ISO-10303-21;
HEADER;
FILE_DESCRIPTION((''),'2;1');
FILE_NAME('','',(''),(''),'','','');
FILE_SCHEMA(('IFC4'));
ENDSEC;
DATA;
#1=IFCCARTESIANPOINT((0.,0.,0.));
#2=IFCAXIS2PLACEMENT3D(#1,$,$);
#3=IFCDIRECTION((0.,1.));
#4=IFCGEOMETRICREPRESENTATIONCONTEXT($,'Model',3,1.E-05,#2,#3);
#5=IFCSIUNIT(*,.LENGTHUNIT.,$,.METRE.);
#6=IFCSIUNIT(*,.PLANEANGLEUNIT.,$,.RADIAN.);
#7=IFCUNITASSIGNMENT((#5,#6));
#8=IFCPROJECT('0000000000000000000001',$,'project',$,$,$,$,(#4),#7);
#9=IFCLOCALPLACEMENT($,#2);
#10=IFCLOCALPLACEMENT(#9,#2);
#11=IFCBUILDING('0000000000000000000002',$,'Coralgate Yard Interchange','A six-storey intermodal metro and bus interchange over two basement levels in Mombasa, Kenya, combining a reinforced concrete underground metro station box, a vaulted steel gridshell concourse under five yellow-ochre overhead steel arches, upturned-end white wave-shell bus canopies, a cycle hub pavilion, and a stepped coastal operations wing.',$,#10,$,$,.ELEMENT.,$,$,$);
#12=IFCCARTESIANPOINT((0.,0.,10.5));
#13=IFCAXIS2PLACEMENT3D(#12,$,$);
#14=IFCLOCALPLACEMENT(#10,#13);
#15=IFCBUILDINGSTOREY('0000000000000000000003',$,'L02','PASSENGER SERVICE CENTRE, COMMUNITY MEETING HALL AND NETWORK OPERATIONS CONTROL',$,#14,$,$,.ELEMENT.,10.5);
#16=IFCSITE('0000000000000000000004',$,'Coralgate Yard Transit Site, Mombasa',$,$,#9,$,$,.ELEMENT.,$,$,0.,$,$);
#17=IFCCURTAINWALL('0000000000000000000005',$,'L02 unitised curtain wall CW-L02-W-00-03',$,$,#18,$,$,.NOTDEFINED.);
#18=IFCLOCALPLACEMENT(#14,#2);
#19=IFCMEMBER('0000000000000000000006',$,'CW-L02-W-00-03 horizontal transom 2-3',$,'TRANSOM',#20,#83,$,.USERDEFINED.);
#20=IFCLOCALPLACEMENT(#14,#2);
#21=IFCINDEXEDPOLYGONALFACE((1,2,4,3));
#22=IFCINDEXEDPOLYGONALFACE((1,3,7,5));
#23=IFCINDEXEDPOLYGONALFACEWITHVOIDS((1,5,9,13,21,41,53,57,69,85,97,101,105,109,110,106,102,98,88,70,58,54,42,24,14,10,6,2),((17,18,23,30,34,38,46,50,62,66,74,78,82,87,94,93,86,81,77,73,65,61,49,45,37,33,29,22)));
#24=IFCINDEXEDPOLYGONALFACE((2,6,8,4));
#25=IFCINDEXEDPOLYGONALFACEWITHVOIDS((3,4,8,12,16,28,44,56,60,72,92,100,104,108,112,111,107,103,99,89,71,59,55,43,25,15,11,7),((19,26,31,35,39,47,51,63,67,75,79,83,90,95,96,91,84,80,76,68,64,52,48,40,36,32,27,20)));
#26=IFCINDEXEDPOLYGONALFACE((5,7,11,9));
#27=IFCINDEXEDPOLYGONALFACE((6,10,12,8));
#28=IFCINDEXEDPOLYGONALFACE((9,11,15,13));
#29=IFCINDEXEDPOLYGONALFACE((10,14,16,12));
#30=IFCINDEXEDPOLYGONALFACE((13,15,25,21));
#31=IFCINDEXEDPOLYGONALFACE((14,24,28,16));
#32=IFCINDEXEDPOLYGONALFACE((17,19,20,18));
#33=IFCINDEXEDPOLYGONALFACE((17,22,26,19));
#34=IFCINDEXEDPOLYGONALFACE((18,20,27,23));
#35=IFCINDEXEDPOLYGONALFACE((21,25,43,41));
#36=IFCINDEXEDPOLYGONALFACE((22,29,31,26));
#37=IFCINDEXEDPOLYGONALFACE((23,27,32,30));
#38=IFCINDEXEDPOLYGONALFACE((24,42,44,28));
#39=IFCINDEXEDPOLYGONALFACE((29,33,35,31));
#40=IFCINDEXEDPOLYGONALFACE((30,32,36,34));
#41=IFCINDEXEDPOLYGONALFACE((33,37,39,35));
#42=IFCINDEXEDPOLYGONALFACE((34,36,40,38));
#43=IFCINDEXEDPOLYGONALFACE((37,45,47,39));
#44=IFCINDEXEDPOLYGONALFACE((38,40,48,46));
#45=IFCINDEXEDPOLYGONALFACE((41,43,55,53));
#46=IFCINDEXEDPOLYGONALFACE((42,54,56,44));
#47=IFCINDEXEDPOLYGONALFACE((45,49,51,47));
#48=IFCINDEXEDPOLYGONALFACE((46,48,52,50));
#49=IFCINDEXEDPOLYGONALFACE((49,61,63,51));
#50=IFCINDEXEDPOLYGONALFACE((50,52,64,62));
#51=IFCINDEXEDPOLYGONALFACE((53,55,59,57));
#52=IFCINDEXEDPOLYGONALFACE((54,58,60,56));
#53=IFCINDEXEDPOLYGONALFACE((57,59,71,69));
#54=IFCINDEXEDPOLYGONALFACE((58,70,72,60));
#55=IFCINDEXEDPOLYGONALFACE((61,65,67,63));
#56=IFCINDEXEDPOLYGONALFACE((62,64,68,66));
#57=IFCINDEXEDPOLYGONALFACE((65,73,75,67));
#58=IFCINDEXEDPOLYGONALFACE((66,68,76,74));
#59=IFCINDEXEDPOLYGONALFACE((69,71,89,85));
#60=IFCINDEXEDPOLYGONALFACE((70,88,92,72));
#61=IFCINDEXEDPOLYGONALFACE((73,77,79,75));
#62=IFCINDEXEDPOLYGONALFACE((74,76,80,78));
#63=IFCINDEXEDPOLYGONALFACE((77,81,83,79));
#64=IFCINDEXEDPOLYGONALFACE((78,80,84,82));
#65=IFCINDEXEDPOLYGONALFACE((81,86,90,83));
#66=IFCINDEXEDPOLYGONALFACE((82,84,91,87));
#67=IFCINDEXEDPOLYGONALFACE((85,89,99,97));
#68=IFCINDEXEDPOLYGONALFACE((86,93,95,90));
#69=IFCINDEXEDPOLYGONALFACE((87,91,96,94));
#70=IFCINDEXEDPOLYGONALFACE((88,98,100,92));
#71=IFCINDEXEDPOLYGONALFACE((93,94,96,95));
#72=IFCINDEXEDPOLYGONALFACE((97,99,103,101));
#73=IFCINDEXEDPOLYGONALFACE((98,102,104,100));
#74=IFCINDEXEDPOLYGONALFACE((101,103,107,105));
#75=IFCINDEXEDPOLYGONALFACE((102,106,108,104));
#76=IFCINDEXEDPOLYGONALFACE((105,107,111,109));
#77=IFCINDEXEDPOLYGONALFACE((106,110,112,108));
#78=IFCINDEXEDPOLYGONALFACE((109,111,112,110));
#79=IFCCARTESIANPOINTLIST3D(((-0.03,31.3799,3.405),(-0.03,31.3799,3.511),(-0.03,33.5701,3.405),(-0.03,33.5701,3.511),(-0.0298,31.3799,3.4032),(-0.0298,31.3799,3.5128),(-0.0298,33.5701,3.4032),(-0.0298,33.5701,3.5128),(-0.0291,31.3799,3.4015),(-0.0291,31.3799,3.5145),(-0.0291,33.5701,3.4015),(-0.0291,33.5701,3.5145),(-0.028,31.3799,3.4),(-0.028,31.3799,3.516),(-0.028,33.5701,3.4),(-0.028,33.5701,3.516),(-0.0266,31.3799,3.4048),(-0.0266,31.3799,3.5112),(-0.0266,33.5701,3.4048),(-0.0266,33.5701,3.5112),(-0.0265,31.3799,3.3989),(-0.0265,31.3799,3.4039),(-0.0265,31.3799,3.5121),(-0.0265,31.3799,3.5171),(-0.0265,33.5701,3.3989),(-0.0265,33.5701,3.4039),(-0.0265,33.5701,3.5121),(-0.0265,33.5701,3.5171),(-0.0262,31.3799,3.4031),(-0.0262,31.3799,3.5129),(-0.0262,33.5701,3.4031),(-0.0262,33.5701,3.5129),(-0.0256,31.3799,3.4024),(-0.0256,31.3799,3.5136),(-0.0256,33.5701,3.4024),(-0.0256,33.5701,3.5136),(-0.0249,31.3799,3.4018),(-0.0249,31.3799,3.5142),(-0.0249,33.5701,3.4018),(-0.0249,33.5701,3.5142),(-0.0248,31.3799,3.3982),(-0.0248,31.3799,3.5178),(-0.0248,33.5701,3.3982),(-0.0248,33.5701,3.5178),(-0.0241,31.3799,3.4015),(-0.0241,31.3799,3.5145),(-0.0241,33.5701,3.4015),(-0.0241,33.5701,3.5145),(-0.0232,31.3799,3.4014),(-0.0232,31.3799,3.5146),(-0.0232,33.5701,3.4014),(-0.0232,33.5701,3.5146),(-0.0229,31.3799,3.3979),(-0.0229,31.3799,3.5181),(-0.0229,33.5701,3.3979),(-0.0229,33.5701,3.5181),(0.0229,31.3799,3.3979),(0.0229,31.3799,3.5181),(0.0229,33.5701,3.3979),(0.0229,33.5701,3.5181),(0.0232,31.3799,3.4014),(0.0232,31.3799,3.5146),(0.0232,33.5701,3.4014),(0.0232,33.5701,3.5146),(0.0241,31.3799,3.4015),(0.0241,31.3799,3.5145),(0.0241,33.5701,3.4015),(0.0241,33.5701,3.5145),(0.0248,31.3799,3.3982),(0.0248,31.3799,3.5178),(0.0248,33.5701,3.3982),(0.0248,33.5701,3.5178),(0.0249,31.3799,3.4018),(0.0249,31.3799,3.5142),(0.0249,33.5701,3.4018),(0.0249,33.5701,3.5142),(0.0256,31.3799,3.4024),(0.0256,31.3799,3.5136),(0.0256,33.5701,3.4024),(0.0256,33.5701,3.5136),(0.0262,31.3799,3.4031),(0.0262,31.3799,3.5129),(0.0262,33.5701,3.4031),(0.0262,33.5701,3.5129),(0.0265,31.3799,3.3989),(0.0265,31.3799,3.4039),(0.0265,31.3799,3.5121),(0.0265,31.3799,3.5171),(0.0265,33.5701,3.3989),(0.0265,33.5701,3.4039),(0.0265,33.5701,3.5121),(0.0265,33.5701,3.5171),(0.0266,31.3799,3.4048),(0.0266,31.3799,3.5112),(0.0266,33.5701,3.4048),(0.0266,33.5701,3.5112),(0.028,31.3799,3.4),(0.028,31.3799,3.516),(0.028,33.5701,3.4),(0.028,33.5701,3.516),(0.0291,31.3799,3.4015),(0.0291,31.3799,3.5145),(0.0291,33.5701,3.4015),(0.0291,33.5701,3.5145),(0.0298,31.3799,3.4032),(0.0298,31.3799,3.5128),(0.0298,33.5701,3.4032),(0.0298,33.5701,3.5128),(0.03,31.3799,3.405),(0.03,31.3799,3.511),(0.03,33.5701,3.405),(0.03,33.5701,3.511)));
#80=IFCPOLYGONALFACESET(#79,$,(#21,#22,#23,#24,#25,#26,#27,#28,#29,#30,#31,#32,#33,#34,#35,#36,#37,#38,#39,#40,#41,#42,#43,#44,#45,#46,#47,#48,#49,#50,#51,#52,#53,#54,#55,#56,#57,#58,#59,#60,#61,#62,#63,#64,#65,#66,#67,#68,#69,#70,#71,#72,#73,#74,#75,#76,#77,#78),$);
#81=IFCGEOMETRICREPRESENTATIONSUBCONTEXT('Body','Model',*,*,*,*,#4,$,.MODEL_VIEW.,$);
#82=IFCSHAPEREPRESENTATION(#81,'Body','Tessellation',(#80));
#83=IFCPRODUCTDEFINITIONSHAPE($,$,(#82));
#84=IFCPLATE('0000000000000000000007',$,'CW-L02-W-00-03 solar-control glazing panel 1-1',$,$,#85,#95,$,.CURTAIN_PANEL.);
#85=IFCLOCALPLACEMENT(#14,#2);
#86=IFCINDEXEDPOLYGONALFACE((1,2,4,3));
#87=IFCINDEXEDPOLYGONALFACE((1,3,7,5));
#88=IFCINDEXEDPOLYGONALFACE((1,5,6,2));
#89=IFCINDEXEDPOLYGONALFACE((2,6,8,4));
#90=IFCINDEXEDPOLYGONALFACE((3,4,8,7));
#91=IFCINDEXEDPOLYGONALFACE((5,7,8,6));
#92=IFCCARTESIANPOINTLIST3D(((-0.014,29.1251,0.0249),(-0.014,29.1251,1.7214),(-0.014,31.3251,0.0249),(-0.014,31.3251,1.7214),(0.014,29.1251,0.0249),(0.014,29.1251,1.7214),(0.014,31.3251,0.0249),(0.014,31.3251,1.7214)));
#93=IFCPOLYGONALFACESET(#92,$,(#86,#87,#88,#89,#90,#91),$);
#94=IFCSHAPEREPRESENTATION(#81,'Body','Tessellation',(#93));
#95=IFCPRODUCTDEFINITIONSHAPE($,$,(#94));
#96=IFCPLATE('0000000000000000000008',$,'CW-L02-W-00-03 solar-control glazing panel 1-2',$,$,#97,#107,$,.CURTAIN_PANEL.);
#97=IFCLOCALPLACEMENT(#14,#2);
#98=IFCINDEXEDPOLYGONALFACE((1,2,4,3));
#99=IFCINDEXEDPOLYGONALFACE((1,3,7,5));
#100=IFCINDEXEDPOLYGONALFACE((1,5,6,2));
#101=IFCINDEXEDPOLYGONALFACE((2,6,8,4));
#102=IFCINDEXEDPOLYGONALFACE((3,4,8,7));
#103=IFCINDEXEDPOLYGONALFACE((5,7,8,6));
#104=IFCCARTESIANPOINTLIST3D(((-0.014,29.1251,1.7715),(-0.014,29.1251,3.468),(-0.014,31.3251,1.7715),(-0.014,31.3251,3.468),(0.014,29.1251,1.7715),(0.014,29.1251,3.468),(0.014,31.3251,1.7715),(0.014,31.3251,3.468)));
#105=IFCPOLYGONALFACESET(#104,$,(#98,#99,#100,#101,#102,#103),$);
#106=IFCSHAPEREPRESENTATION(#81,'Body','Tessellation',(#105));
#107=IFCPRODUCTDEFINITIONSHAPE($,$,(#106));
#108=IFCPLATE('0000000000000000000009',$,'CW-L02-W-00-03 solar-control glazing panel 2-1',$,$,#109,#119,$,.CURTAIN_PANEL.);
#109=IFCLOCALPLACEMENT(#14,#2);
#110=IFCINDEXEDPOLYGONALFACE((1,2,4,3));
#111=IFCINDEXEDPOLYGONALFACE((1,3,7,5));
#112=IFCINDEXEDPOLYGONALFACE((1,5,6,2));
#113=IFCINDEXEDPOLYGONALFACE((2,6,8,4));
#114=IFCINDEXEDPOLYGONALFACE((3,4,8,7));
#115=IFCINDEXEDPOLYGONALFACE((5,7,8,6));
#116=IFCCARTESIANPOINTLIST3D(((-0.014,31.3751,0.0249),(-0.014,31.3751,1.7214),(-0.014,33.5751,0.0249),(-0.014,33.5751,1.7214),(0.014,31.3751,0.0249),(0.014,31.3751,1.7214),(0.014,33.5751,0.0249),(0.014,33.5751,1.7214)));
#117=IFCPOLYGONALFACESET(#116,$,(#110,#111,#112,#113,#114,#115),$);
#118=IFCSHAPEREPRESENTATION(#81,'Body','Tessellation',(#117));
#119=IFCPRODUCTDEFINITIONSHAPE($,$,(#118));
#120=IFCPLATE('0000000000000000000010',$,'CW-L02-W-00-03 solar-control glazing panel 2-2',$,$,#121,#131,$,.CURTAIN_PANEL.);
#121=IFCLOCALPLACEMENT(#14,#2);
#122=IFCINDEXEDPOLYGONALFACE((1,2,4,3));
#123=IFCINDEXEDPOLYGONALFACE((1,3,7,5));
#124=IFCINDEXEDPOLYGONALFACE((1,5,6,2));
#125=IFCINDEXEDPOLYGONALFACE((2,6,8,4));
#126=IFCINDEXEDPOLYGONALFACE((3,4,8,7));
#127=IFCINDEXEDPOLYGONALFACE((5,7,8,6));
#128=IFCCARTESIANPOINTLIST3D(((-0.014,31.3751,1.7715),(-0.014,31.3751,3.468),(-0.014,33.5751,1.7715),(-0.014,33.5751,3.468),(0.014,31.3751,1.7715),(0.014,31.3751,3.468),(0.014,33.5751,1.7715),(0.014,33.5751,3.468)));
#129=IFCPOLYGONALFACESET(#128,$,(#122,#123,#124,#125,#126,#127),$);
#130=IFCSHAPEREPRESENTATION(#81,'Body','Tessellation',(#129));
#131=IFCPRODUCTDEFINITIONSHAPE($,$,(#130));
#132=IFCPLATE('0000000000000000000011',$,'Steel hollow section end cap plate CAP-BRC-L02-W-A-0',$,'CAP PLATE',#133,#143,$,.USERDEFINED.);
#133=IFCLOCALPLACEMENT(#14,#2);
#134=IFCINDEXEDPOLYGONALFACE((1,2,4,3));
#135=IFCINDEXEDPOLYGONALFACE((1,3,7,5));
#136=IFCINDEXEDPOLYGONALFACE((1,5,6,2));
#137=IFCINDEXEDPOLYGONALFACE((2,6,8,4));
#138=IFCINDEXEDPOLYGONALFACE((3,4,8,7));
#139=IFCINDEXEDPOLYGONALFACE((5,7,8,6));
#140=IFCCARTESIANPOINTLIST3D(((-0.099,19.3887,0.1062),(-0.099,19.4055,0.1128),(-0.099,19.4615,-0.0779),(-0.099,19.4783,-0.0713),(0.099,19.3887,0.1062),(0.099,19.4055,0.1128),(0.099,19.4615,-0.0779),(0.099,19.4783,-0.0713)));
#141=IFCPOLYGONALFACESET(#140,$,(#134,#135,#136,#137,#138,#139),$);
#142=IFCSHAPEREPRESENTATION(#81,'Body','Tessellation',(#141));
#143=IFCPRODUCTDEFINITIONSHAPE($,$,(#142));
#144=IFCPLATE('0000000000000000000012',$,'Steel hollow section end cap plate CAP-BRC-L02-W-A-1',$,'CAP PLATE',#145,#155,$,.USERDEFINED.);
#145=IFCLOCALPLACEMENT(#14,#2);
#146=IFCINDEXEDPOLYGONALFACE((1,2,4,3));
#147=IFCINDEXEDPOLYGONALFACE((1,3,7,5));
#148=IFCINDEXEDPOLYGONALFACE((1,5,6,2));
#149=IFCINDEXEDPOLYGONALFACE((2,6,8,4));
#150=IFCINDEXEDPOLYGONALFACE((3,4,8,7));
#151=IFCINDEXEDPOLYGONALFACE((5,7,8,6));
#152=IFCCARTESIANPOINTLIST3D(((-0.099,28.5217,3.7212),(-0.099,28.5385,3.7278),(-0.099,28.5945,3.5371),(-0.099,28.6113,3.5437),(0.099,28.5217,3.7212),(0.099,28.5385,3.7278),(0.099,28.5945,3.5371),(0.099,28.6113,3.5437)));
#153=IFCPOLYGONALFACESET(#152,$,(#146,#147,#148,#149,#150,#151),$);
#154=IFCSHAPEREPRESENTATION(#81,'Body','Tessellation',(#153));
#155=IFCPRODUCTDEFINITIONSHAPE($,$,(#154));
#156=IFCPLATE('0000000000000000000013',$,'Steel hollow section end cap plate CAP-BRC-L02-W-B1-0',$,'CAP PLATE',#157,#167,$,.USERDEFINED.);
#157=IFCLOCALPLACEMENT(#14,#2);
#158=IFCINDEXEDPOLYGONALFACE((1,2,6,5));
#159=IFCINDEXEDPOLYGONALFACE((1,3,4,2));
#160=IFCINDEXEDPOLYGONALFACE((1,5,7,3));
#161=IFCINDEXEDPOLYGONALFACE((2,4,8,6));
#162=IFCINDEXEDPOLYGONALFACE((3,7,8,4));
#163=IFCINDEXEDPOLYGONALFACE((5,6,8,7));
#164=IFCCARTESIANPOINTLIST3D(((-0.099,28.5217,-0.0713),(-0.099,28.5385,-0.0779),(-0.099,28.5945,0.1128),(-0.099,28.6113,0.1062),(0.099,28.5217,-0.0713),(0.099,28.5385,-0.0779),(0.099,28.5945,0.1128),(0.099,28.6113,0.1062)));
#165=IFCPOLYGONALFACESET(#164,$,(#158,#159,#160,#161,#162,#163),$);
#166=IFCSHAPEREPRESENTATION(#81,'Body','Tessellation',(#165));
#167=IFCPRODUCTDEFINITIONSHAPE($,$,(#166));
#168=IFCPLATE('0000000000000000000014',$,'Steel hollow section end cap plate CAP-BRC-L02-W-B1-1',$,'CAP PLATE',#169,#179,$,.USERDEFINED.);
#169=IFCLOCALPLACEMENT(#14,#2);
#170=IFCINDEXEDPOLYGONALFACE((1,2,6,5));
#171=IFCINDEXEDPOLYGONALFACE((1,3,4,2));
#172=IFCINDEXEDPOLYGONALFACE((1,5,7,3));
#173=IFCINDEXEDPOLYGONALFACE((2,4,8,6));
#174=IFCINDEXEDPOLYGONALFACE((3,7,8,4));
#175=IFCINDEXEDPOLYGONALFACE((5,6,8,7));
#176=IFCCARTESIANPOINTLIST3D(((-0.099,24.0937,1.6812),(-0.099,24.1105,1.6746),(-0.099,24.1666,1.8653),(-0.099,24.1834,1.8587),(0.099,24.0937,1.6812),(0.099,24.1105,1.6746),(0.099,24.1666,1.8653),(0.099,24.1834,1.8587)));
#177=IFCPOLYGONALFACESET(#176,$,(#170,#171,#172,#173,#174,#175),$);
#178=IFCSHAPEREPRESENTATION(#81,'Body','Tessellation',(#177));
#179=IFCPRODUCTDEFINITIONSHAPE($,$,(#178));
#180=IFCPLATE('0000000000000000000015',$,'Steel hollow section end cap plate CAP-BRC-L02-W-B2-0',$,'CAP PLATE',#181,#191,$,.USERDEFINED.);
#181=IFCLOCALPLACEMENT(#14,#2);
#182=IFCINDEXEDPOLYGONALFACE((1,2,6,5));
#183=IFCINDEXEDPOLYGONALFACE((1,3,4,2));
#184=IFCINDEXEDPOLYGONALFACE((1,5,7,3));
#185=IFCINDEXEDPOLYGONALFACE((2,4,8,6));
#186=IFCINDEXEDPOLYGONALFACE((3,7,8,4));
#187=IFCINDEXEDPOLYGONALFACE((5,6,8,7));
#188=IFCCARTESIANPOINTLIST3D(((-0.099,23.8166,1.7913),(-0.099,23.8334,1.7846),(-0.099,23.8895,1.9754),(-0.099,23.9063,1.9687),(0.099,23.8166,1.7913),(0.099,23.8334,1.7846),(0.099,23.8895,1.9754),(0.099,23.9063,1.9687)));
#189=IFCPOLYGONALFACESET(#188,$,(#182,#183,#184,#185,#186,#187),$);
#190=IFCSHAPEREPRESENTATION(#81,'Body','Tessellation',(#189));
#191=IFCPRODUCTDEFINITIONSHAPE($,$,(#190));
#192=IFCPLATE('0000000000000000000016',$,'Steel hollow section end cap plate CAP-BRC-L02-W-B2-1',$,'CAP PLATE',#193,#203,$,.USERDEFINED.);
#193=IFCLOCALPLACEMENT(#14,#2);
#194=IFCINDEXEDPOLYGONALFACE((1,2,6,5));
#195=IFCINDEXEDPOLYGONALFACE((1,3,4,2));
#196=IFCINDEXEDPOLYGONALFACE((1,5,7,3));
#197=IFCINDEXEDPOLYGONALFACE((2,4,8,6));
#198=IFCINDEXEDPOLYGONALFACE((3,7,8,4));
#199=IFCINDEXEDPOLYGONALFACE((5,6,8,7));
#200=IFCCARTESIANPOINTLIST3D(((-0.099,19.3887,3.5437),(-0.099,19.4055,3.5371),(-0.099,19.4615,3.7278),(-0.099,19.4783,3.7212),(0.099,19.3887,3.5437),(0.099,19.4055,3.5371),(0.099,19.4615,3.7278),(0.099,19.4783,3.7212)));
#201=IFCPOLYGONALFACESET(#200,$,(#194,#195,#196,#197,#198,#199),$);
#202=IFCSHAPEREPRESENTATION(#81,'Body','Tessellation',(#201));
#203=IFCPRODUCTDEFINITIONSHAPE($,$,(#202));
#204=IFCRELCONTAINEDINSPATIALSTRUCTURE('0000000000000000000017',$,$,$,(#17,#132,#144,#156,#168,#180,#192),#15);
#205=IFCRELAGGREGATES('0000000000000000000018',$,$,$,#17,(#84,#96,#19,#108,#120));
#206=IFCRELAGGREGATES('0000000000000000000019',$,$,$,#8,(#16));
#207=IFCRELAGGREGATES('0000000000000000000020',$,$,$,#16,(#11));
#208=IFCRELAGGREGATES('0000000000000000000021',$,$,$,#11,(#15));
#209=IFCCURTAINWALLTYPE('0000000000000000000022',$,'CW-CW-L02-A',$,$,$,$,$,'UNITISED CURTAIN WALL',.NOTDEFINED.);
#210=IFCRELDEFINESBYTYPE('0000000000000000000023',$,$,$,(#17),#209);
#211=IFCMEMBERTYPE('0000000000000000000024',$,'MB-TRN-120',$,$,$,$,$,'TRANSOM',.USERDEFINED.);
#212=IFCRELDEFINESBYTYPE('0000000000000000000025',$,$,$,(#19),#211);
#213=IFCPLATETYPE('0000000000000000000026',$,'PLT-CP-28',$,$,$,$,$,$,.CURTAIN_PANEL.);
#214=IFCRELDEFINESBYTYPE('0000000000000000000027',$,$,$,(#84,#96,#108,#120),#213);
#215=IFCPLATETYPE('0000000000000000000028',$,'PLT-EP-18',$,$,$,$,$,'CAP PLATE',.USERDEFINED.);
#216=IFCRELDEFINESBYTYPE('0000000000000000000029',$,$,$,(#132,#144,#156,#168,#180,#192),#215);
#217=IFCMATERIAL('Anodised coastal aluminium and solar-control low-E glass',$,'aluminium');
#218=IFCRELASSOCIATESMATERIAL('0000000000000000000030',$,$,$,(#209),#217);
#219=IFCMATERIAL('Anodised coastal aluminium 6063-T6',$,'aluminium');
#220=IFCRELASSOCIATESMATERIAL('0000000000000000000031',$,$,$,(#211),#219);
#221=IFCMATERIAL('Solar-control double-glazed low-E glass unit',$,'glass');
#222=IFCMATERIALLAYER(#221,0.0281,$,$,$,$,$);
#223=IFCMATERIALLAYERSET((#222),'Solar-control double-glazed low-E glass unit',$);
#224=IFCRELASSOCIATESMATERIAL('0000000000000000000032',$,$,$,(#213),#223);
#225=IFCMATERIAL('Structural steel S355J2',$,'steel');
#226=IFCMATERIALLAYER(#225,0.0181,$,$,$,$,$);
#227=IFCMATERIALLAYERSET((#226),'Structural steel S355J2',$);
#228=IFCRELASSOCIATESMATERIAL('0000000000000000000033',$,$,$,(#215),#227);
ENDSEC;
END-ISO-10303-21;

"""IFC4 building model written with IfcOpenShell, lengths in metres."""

from ifc_helpers import new_model, si_unit, direction, frame, origin, origin_2d, place, context, subcontext, project, spatial, rectangle, hollow_rectangle, extrude, material, layer, layer_set, material_profile, profile_set, type_object, element, aggregate, save


model = new_model("IFC4")

# Units and contexts
model_context = context("Model", 3, precision=1e-05, world=origin(), true_north=direction((0.0, 1.0)))
body_context = subcontext(model_context, "Body", "Model", "MODEL_VIEW")
ifc_project = project(units=[si_unit("LENGTHUNIT", "METRE"), si_unit("PLANEANGLEUNIT", "RADIAN")], contexts=[model_context])

# Site, building, storey
site_placement = place(None, origin())
site = spatial("IfcSite", under=ifc_project, at=site_placement, Name="Coralgate Yard Transit Site, Mombasa", CompositionType="ELEMENT", RefElevation=0.0)
building_placement = place(site_placement, origin())
building = spatial("IfcBuilding", under=site, at=building_placement, Name="Coralgate Yard Interchange", Description="A six-storey intermodal metro and bus interchange over two basement levels in Mombasa, Kenya, combining a reinforced concrete underground metro station box, a vaulted steel gridshell concourse under five yellow-ochre overhead steel arches, upturned-end white wave-shell bus canopies, a cycle hub pavilion, and a stepped coastal operations wing.", CompositionType="ELEMENT")
storey_placement = place(building_placement, frame((0.0, 0.0, 10.5)))
storey = spatial("IfcBuildingStorey", under=building, at=storey_placement, Name="L02", Description="PASSENGER SERVICE CENTRE, COMMUNITY MEETING HALL AND NETWORK OPERATIONS CONTROL", CompositionType="ELEMENT", Elevation=10.5)

# Shared definitions
ifc_material_1 = material(Name="Structural steel S355J2", Category="steel")

# Curtain wall, member, plates
ifc_material_2 = material(Name="Anodised coastal aluminium and solar-control low-E glass", Category="aluminium")
curtain_wall_type = type_object("IfcCurtainWallType", Name="CW-CW-L02-A", ElementType="UNITISED CURTAIN WALL", PredefinedType="NOTDEFINED", material=ifc_material_2)
curtain_wall_placement = place(storey_placement, origin())
curtain_wall = element("IfcCurtainWall", 1, at=curtain_wall_placement, inside=storey, type_object=curtain_wall_type, Name="L02 unitised curtain wall CW-L02-W-00-03", PredefinedType="NOTDEFINED")
ifc_material_3 = material(Name="Anodised coastal aluminium 6063-T6", Category="aluminium")
ifc_material_profile_1 = material_profile(ifc_material_3, hollow_rectangle(XDim=0.0601, YDim=0.1201, WallThickness=0.0034, InnerFilletRadius=0.0034, OuterFilletRadius=0.0071, at=origin_2d()), Name="ALU 60x120x3.5")
ifc_profile_set_1 = profile_set([ifc_material_profile_1], Name="Anodised coastal aluminium 6063-T6")
member_type_1 = type_object("IfcMemberType", Name="MB-TRN-120", ElementType="TRANSOM", PredefinedType="USERDEFINED", material=ifc_profile_set_1)
member_1_placement = place(storey_placement, frame((0.0, 31.3799, 3.458), z_axis=(0.0, 1.0, 0.0), x_axis=(-1.0, 0.0, 0.0)))
member_1 = element("IfcMember", 2, at=member_1_placement, type_object=member_type_1, Name="CW-L02-W-00-03 horizontal transom 2-3", ObjectType="TRANSOM", PredefinedType="USERDEFINED", context=body_context, shape_type="SweptSolid", body=[
    extrude(hollow_rectangle(XDim=0.0601, YDim=0.1201, WallThickness=0.0034, InnerFilletRadius=0.0034, OuterFilletRadius=0.0071, at=origin_2d()), origin(), (0.0, 0.0, 1.0), 2.1902),
])
ifc_material_4 = material(Name="Solar-control double-glazed low-E glass unit", Category="glass")
ifc_layer_1 = layer(ifc_material_4, 0.0281)
ifc_layer_set_1 = layer_set([ifc_layer_1], Name="Solar-control double-glazed low-E glass unit")
plate_type_1 = type_object("IfcPlateType", Name="PLT-CP-28", PredefinedType="CURTAIN_PANEL", material=ifc_layer_set_1)
plate_1_placement = place(storey_placement, frame((0.0, 30.2251, 0.0249), z_axis=(0.0, 0.0, 1.0), x_axis=(0.0, 1.0, 0.0)))
plate_1 = element("IfcPlate", 3, at=plate_1_placement, type_object=plate_type_1, Name="CW-L02-W-00-03 solar-control glazing panel 1-1", PredefinedType="CURTAIN_PANEL", context=body_context, shape_type="SweptSolid", body=[
    extrude(rectangle(XDim=2.2, YDim=0.0281, at=origin_2d()), origin(), (0.0, 0.0, 1.0), 1.6965),
])
plate_2_placement = place(storey_placement, frame((0.0, 30.2251, 1.7715), z_axis=(0.0, 0.0, 1.0), x_axis=(0.0, 1.0, 0.0)))
plate_2 = element("IfcPlate", 4, at=plate_2_placement, type_object=plate_type_1, Name="CW-L02-W-00-03 solar-control glazing panel 1-2", PredefinedType="CURTAIN_PANEL", context=body_context, shape_type="SweptSolid", body=[
    extrude(rectangle(XDim=2.2, YDim=0.0281, at=origin_2d()), origin(), (0.0, 0.0, 1.0), 1.6965),
])
plate_3_placement = place(storey_placement, frame((0.0, 32.4751, 0.0249), z_axis=(0.0, 0.0, 1.0), x_axis=(0.0, 1.0, 0.0)))
plate_3 = element("IfcPlate", 5, at=plate_3_placement, type_object=plate_type_1, Name="CW-L02-W-00-03 solar-control glazing panel 2-1", PredefinedType="CURTAIN_PANEL", context=body_context, shape_type="SweptSolid", body=[
    extrude(rectangle(XDim=2.2, YDim=0.0281, at=origin_2d()), origin(), (0.0, 0.0, 1.0), 1.6965),
])
plate_4_placement = place(storey_placement, frame((0.0, 32.4751, 1.7715), z_axis=(0.0, 0.0, 1.0), x_axis=(0.0, 1.0, 0.0)))
plate_4 = element("IfcPlate", 6, at=plate_4_placement, type_object=plate_type_1, Name="CW-L02-W-00-03 solar-control glazing panel 2-2", PredefinedType="CURTAIN_PANEL", context=body_context, shape_type="SweptSolid", body=[
    extrude(rectangle(XDim=2.2, YDim=0.0281, at=origin_2d()), origin(), (0.0, 0.0, 1.0), 1.6965),
])
aggregate(curtain_wall, [plate_1, plate_2, member_1, plate_3, plate_4])

# Plates
ifc_layer_2 = layer(ifc_material_1, 0.0181)
ifc_layer_set_2 = layer_set([ifc_layer_2], Name="Structural steel S355J2")
plate_type_2 = type_object("IfcPlateType", Name="PLT-EP-18", ElementType="CAP PLATE", PredefinedType="USERDEFINED", material=ifc_layer_set_2)
for number, where, z_axis, x_axis, name in (
    (7, (0.0, 19.4419, 0.0208), (0.0, -0.929807, -0.368048), (1.0, 0.0, 0.0), "Steel hollow section end cap plate CAP-BRC-L02-W-A-0"),
    (8, (0.0, 28.5581, 3.6292), (0.0, 0.929807, 0.368048), (-1.0, 0.0, 0.0), "Steel hollow section end cap plate CAP-BRC-L02-W-A-1"),
    (9, (0.0, 28.5581, 0.0208), (0.0, 0.929807, -0.368048), (-1.0, 0.0, 0.0), "Steel hollow section end cap plate CAP-BRC-L02-W-B1-0"),
    (10, (0.0, 24.147, 1.7666), (0.0, -0.929807, 0.368048), (1.0, 0.0, 0.0), "Steel hollow section end cap plate CAP-BRC-L02-W-B1-1"),
    (11, (0.0, 23.853, 1.8833), (0.0, 0.929807, -0.368048), (-1.0, 0.0, 0.0), "Steel hollow section end cap plate CAP-BRC-L02-W-B2-0"),
    (12, (0.0, 19.4419, 3.6292), (0.0, -0.929807, 0.368048), (1.0, 0.0, 0.0), "Steel hollow section end cap plate CAP-BRC-L02-W-B2-1"),
):
    element("IfcPlate", number, at=place(storey_placement, frame(where, z_axis=z_axis, x_axis=x_axis)), inside=storey, type_object=plate_type_2, Name=name, ObjectType="CAP PLATE", PredefinedType="USERDEFINED", context=body_context, shape_type="SweptSolid", body=[
        extrude(rectangle(XDim=0.198, YDim=0.198, at=origin_2d()), origin(), (0.0, 0.0, 1.0), 0.0181),
    ])

save(model, "model.ifc")
